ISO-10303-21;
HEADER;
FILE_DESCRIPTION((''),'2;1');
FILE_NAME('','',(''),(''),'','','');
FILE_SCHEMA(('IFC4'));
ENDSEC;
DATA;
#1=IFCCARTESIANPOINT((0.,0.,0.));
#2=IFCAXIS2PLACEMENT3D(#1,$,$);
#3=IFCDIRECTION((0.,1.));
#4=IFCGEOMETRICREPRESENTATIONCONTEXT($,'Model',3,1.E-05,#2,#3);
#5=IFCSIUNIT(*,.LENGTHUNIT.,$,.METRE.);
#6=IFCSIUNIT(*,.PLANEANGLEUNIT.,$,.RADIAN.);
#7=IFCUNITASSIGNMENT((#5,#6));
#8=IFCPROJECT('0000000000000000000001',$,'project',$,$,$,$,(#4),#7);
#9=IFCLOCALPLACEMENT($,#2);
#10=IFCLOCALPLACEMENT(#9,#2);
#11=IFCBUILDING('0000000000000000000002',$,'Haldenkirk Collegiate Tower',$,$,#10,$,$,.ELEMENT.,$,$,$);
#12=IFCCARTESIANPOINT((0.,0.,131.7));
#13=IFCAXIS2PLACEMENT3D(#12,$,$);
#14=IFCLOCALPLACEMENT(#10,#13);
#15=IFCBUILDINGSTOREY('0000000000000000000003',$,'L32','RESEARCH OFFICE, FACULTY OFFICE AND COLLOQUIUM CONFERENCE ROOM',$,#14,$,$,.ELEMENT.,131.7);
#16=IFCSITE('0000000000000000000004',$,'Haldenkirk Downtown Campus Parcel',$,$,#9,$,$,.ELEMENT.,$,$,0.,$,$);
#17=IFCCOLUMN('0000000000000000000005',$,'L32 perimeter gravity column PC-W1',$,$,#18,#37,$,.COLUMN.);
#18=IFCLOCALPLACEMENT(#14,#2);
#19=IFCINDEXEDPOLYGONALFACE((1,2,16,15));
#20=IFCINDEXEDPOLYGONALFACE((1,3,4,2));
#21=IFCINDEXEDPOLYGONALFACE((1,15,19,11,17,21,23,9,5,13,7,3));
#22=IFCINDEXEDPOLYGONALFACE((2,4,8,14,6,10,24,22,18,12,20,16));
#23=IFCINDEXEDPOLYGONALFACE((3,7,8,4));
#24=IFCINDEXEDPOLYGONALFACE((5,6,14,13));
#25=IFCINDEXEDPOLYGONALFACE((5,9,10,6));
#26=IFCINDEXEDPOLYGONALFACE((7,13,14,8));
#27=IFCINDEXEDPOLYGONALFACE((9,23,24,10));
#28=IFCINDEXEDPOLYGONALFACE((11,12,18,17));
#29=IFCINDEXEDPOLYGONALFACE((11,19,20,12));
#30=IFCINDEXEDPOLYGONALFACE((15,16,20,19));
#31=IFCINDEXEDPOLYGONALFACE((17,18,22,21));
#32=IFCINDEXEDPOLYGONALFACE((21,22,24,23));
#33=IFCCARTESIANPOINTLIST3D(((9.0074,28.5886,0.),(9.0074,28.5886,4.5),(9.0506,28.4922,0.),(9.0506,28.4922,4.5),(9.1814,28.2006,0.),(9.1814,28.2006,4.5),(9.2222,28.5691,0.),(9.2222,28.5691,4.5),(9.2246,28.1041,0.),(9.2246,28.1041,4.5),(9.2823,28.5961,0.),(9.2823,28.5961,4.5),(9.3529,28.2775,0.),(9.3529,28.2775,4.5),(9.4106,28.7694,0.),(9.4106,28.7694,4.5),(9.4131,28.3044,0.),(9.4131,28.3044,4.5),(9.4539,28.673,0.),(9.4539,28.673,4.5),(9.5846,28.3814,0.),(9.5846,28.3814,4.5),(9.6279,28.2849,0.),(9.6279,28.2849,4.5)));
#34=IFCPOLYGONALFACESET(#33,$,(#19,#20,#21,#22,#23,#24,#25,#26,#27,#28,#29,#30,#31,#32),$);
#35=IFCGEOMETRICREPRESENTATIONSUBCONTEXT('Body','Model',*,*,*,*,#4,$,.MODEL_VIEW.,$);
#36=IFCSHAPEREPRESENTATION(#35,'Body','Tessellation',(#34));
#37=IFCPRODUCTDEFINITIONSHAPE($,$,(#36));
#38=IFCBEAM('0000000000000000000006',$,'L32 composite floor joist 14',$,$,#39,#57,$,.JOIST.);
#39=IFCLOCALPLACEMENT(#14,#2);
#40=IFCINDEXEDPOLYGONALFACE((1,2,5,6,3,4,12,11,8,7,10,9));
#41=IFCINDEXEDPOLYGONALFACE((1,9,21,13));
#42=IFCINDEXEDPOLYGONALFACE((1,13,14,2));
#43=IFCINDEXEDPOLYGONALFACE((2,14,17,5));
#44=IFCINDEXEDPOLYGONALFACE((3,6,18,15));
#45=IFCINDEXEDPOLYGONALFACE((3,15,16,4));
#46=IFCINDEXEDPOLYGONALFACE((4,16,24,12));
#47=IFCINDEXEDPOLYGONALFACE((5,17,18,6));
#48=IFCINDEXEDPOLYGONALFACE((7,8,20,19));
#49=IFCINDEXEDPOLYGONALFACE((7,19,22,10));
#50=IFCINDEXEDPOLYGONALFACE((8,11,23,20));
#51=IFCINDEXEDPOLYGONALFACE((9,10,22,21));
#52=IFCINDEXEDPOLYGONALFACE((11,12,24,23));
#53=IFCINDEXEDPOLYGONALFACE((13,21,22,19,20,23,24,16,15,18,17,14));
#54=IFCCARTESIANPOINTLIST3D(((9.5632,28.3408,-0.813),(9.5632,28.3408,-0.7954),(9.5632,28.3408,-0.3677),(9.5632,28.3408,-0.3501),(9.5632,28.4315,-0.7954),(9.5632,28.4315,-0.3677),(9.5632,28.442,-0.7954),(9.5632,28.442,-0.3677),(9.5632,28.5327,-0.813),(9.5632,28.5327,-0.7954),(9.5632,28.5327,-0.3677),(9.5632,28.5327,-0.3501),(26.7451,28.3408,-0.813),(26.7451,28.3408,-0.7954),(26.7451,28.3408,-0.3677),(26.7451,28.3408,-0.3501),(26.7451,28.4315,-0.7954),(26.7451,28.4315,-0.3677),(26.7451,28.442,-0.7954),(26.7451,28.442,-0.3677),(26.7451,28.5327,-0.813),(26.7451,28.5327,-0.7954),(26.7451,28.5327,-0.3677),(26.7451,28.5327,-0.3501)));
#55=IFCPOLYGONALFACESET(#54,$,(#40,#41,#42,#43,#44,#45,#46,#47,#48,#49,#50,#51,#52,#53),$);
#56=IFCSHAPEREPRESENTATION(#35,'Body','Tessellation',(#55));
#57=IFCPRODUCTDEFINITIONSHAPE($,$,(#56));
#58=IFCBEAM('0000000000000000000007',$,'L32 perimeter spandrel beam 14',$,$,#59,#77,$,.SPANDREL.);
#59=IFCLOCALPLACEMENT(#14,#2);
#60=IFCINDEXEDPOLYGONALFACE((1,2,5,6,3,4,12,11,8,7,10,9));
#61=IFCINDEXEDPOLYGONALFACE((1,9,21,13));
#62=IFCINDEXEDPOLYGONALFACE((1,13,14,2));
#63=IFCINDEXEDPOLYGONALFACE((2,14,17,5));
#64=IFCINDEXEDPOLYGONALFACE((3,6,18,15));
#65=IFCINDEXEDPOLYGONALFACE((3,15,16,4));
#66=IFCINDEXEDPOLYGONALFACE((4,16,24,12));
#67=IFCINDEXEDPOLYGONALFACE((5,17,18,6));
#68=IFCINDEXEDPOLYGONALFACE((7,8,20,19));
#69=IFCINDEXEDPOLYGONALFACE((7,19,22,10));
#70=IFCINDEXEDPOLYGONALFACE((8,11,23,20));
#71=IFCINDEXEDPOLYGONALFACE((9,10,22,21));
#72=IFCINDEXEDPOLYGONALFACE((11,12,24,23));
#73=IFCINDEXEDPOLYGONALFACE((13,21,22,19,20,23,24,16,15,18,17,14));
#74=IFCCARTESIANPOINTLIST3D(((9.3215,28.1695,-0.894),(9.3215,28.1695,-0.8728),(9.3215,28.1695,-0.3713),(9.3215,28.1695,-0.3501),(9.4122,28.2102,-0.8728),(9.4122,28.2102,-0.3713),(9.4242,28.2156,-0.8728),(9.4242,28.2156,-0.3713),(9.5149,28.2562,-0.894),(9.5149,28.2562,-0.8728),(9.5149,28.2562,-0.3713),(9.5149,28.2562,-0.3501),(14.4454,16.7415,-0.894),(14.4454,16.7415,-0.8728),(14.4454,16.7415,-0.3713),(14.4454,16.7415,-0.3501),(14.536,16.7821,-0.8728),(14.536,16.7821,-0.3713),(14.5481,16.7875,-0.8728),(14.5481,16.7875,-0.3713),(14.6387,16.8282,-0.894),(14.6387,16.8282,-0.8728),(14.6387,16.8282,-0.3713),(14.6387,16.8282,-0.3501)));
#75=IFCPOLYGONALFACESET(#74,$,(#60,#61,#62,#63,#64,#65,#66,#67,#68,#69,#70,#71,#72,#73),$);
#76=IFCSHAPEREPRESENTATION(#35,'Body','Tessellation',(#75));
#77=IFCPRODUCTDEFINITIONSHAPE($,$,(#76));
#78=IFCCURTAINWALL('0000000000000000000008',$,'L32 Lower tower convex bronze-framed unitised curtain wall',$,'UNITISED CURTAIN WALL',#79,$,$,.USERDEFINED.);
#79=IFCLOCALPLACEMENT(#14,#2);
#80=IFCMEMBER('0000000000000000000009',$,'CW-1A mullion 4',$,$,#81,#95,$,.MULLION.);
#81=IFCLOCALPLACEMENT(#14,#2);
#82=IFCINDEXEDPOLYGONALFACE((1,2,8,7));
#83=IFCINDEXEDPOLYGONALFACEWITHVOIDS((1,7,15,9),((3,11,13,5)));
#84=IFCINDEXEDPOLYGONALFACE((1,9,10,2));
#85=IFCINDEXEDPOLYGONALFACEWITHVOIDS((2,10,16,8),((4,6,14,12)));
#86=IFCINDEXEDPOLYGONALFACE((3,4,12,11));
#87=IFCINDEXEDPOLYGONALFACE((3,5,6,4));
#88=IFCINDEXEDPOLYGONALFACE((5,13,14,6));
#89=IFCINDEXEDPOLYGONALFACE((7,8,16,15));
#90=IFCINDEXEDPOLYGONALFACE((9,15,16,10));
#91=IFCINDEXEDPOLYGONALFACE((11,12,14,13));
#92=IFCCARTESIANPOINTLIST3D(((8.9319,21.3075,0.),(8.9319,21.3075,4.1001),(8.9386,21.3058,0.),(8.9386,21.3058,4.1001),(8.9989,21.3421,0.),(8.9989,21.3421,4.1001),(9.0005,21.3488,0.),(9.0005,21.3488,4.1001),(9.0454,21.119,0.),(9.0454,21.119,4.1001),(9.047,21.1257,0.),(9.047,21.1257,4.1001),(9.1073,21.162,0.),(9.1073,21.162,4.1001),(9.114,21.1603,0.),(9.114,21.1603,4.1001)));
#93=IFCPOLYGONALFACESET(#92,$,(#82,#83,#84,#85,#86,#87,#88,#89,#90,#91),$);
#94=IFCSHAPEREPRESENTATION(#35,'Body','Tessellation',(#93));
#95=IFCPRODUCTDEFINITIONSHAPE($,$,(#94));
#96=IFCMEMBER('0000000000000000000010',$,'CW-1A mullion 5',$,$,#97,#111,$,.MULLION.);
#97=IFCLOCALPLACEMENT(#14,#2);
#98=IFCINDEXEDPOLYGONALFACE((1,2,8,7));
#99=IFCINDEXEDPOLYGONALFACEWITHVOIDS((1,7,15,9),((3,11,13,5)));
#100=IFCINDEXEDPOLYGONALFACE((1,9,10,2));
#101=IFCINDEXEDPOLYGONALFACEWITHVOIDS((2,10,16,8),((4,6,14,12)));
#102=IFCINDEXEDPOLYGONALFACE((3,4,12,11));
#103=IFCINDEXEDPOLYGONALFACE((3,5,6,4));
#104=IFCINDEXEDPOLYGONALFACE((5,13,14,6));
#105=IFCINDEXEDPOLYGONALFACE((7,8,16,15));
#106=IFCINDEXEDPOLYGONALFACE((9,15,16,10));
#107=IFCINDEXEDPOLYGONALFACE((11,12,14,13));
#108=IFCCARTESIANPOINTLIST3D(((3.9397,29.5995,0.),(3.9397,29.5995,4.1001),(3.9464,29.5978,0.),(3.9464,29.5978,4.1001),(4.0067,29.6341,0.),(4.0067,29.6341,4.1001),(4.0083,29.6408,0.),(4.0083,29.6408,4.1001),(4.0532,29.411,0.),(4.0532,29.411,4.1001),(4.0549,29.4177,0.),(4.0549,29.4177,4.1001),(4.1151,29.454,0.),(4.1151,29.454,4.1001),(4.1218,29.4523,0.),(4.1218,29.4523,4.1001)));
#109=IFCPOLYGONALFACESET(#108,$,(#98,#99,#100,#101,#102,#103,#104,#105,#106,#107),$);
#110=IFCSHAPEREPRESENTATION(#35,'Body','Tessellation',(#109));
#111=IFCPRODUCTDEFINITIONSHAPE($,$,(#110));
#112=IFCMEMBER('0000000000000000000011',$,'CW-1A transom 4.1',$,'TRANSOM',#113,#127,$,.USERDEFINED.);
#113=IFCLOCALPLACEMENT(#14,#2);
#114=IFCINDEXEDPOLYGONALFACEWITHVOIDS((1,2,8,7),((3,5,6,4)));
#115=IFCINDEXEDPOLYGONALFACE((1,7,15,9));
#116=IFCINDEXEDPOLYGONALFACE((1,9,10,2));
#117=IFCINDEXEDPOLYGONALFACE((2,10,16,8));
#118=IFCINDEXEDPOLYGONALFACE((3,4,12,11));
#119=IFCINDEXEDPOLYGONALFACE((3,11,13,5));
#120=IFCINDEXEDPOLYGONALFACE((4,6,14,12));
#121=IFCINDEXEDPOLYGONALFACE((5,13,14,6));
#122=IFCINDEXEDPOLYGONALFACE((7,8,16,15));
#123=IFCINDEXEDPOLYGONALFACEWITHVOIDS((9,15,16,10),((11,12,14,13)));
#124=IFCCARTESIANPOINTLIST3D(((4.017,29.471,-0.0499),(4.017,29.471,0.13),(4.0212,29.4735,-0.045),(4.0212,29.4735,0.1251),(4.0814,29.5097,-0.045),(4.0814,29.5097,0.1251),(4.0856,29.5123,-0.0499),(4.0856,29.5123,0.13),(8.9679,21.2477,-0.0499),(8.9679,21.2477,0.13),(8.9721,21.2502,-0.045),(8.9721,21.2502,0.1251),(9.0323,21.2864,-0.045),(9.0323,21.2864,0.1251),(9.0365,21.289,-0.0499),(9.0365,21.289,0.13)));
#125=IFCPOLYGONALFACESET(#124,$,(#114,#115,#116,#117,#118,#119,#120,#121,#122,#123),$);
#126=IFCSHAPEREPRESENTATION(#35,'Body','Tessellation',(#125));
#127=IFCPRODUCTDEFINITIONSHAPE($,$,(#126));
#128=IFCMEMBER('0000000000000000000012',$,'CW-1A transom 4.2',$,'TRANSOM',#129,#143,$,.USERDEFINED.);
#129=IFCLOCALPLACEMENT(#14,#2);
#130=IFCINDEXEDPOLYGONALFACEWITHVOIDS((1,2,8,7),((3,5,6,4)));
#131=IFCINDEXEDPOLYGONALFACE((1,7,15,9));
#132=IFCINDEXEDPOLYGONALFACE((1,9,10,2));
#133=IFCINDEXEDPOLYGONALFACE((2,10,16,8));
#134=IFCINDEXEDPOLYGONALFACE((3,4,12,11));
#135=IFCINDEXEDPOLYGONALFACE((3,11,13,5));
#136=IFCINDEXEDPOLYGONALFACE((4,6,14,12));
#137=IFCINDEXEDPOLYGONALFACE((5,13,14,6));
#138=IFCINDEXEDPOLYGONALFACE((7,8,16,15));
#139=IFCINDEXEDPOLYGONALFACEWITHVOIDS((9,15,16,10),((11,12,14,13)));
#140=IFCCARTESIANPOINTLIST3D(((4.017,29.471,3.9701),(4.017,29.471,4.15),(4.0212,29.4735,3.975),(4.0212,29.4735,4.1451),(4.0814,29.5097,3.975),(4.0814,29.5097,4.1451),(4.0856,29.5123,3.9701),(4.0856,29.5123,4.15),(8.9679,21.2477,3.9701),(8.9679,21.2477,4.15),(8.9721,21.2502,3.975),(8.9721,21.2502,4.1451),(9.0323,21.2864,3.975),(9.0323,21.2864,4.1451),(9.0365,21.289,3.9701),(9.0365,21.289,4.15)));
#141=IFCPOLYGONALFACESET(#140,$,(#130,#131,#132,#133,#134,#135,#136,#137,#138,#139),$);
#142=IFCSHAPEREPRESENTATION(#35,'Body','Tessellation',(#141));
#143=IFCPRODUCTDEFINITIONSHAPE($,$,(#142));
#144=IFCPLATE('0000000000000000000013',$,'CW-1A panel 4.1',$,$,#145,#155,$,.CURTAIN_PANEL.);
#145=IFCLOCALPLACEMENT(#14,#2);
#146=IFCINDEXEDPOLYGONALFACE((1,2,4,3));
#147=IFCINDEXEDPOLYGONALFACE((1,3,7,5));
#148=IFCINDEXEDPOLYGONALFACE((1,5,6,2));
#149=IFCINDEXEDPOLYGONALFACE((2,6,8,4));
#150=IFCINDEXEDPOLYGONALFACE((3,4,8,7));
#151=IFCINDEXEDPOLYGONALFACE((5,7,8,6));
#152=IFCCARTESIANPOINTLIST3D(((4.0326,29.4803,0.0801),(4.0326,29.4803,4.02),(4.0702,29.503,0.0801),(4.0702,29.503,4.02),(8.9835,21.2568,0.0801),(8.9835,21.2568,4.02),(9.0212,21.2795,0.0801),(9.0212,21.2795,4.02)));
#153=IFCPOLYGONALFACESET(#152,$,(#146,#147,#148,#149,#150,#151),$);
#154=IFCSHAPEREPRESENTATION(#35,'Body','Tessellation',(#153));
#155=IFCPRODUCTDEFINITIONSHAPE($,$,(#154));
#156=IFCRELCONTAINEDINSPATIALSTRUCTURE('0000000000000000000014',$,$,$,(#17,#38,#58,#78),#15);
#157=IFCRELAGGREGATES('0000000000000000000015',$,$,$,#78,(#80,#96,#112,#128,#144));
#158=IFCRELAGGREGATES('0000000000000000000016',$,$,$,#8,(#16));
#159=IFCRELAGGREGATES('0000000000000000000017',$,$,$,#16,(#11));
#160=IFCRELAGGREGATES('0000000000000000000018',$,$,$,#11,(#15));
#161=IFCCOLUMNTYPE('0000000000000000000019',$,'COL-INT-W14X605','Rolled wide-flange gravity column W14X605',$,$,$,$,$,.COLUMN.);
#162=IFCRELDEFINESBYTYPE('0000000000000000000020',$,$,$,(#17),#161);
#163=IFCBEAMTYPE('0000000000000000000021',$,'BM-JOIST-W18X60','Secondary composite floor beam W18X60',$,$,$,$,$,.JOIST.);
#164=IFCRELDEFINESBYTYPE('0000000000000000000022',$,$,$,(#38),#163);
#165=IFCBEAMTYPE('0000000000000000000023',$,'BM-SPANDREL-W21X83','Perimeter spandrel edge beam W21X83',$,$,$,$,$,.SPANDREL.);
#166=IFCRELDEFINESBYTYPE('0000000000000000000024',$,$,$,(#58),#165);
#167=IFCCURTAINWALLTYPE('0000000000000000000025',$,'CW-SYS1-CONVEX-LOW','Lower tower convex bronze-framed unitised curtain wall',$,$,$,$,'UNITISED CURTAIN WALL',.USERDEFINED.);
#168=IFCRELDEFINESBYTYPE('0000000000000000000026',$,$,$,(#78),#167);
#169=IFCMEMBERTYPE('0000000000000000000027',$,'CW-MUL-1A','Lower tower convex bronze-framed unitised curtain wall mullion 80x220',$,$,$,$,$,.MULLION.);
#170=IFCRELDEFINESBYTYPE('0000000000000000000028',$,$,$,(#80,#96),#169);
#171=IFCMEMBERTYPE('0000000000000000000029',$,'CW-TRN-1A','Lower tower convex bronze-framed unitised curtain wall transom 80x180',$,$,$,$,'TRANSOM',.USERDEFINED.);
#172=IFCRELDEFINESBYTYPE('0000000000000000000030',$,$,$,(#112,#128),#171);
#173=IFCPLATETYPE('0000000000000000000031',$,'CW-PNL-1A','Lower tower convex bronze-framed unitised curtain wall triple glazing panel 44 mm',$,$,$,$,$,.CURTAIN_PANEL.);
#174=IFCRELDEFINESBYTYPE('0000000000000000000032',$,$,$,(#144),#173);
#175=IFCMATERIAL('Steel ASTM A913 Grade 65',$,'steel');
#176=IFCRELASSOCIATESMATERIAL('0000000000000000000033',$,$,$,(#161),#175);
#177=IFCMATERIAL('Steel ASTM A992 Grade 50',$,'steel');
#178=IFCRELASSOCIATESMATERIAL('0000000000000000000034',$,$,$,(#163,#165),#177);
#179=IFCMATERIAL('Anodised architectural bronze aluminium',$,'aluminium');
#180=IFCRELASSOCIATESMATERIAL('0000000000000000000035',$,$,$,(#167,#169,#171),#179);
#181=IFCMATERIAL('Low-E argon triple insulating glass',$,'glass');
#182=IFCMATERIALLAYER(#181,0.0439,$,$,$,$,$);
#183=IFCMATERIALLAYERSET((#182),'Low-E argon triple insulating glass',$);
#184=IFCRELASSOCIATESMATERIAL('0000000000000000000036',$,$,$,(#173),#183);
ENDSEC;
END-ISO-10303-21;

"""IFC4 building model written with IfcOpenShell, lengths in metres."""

from ifc_helpers import new_model, si_unit, direction, frame, origin, origin_2d, place, context, subcontext, project, spatial, rectangle, hollow_rectangle, i_section, extrude, source, transform, mapped, material, layer, layer_set, material_profile, profile_set, type_object, element, aggregate, save


model = new_model("IFC4")

# Units and contexts
model_context = context("Model", 3, precision=1e-05, world=origin(), true_north=direction((0.0, 1.0)))
body_context = subcontext(model_context, "Body", "Model", "MODEL_VIEW")
ifc_project = project(units=[si_unit("LENGTHUNIT", "METRE"), si_unit("PLANEANGLEUNIT", "RADIAN")], contexts=[model_context])

# Site, building, storey
site_placement = place(None, origin())
site = spatial("IfcSite", under=ifc_project, at=site_placement, Name="Haldenkirk Downtown Campus Parcel", CompositionType="ELEMENT", RefElevation=0.0)
building_placement = place(site_placement, origin())
building = spatial("IfcBuilding", under=site, at=building_placement, Name="Haldenkirk Collegiate Tower", CompositionType="ELEMENT")
storey_placement = place(building_placement, frame((0.0, 0.0, 131.7)))
storey = spatial("IfcBuildingStorey", under=building, at=storey_placement, Name="L32", Description="RESEARCH OFFICE, FACULTY OFFICE AND COLLOQUIUM CONFERENCE ROOM", CompositionType="ELEMENT", Elevation=131.7)

# Column
ifc_material_1 = material(Name="Steel ASTM A913 Grade 65", Category="steel")
ifc_material_profile_1 = material_profile(ifc_material_1, i_section(OverallWidth=0.4419, OverallDepth=0.531, WebThickness=0.0659, FlangeThickness=0.1057, at=origin_2d()), Name="W14X605")
ifc_profile_set_1 = profile_set([ifc_material_profile_1], Name="Steel ASTM A913 Grade 65")
column_type = type_object("IfcColumnType", Name="COL-INT-W14X605", Description="Rolled wide-flange gravity column W14X605", PredefinedType="COLUMN", material=ifc_profile_set_1)
column_placement = place(storey_placement, frame((9.3176, 28.4368, 0.0), z_axis=(0.0, 0.0, 1.0), x_axis=(0.912477, 0.409127, 0.0)))
element("IfcColumn", 1, at=column_placement, inside=storey, type_object=column_type, Name="L32 perimeter gravity column PC-W1", PredefinedType="COLUMN", context=body_context, shape_type="SweptSolid", body=[
    extrude(i_section(OverallWidth=0.4419, OverallDepth=0.531, WebThickness=0.0659, FlangeThickness=0.1057, at=origin_2d()), origin(), (0.0, 0.0, 1.0), 4.5),
])

# Beams
ifc_material_2 = material(Name="Steel ASTM A992 Grade 50", Category="steel")
ifc_material_profile_2 = material_profile(ifc_material_2, i_section(OverallWidth=0.1919, OverallDepth=0.4629, WebThickness=0.0105, FlangeThickness=0.0176, at=origin_2d()), Name="W18X60")
ifc_profile_set_2 = profile_set([ifc_material_profile_2], Name="Steel ASTM A992 Grade 50")
beam_type_1 = type_object("IfcBeamType", Name="BM-JOIST-W18X60", Description="Secondary composite floor beam W18X60", PredefinedType="JOIST", material=ifc_profile_set_2)
beam_1_placement = place(storey_placement, frame((9.5632, 28.4368, -0.5815), z_axis=(1.0, 0.0, 0.0), x_axis=(0.0, 1.0, 0.0)))
element("IfcBeam", 2, at=beam_1_placement, inside=storey, type_object=beam_type_1, Name="L32 composite floor joist 14", PredefinedType="JOIST", context=body_context, shape_type="SweptSolid", body=[
    extrude(i_section(OverallWidth=0.1919, OverallDepth=0.4629, WebThickness=0.0105, FlangeThickness=0.0176, at=origin_2d()), origin(), (0.0, 0.0, 1.0), 17.1819),
])
ifc_material_profile_3 = material_profile(ifc_material_2, i_section(OverallWidth=0.2119, OverallDepth=0.5439, WebThickness=0.0132, FlangeThickness=0.0212, at=origin_2d()), Name="W21X83")
ifc_profile_set_3 = profile_set([ifc_material_profile_3], Name="Steel ASTM A992 Grade 50")
beam_type_2 = type_object("IfcBeamType", Name="BM-SPANDREL-W21X83", Description="Perimeter spandrel edge beam W21X83", PredefinedType="SPANDREL", material=ifc_profile_set_3)
beam_2_placement = place(storey_placement, frame((9.4182, 28.2129, -0.6221), z_axis=(0.409115, -0.912483, 0.0), x_axis=(0.912483, 0.409115, 0.0)))
element("IfcBeam", 3, at=beam_2_placement, inside=storey, type_object=beam_type_2, Name="L32 perimeter spandrel beam 14", PredefinedType="SPANDREL", context=body_context, shape_type="SweptSolid", body=[
    extrude(i_section(OverallWidth=0.2119, OverallDepth=0.5439, WebThickness=0.0132, FlangeThickness=0.0212, at=origin_2d()), origin(), (0.0, 0.0, 1.0), 12.5242),
])

# Curtain wall, members, plate
ifc_material_3 = material(Name="Anodised architectural bronze aluminium", Category="aluminium")
curtain_wall_type = type_object("IfcCurtainWallType", Name="CW-SYS1-CONVEX-LOW", Description="Lower tower convex bronze-framed unitised curtain wall", ElementType="UNITISED CURTAIN WALL", PredefinedType="USERDEFINED", material=ifc_material_3)
curtain_wall_placement = place(storey_placement, origin())
curtain_wall = element("IfcCurtainWall", 4, at=curtain_wall_placement, inside=storey, type_object=curtain_wall_type, Name="L32 Lower tower convex bronze-framed unitised curtain wall", ObjectType="UNITISED CURTAIN WALL", PredefinedType="USERDEFINED")
ifc_material_profile_4 = material_profile(ifc_material_3, hollow_rectangle(XDim=0.0801, YDim=0.22, WallThickness=0.0049, at=origin_2d()), Name="CW-MUL-1A")
ifc_profile_set_4 = profile_set([ifc_material_profile_4], Name="Anodised architectural bronze aluminium")
member_type_1 = type_object("IfcMemberType", Name="CW-MUL-1A", Description="Lower tower convex bronze-framed unitised curtain wall mullion 80x220", PredefinedType="MULLION", material=ifc_profile_set_4)
member_1_placement = place(storey_placement, frame((9.0229, 21.2339, 0.0), z_axis=(0.0, 0.0, 1.0), x_axis=(-0.856718, -0.515785, 0.0)))
member_1 = element("IfcMember", 5, at=member_1_placement, type_object=member_type_1, Name="CW-1A mullion 4", PredefinedType="MULLION", context=body_context, shape_type="SweptSolid", body=[
    extrude(hollow_rectangle(XDim=0.0801, YDim=0.22, WallThickness=0.0049, at=origin_2d()), origin(), (0.0, 0.0, 1.0), 4.1001),
])
member_2_placement = place(storey_placement, frame((4.0308, 29.5259, 0.0), z_axis=(0.0, 0.0, 1.0), x_axis=(-0.856718, -0.515785, 0.0)))
member_2 = element("IfcMember", 6, at=member_2_placement, type_object=member_type_1, Name="CW-1A mullion 5", PredefinedType="MULLION", context=body_context, shape_type="SweptSolid", body=[
    extrude(hollow_rectangle(XDim=0.0801, YDim=0.22, WallThickness=0.0049, at=origin_2d()), origin(), (0.0, 0.0, 1.0), 4.1001),
])
ifc_material_profile_5 = material_profile(ifc_material_3, hollow_rectangle(XDim=0.0801, YDim=0.1799, WallThickness=0.0049, at=origin_2d()), Name="CW-TRN-1A")
ifc_profile_set_5 = profile_set([ifc_material_profile_5], Name="Anodised architectural bronze aluminium")
member_type_2 = type_object("IfcMemberType", Name="CW-TRN-1A", Description="Lower tower convex bronze-framed unitised curtain wall transom 80x180", ElementType="TRANSOM", PredefinedType="USERDEFINED", material=ifc_profile_set_5)
member_3_placement = place(storey_placement, frame((9.0022, 21.2683, 0.04), z_axis=(-0.515789, 0.856715, 0.0), x_axis=(-0.856715, -0.515789, 0.0)))
member_3 = element("IfcMember", 7, at=member_3_placement, type_object=member_type_2, Name="CW-1A transom 4.1", ObjectType="TRANSOM", PredefinedType="USERDEFINED", context=body_context, shape_type="SweptSolid", body=[
    extrude(hollow_rectangle(XDim=0.0801, YDim=0.1799, WallThickness=0.0049, at=origin_2d()), origin(), (0.0, 0.0, 1.0), 9.5986),
])
member_4_placement = place(storey_placement, frame((9.0022, 21.2683, 4.0601), z_axis=(-0.515789, 0.856715, 0.0), x_axis=(-0.856715, -0.515789, 0.0)))
member_4 = element("IfcMember", 8, at=member_4_placement, type_object=member_type_2, Name="CW-1A transom 4.2", ObjectType="TRANSOM", PredefinedType="USERDEFINED", context=body_context, shape_type="SweptSolid", body=[
    extrude(hollow_rectangle(XDim=0.0801, YDim=0.1799, WallThickness=0.0049, at=origin_2d()), origin(), (0.0, 0.0, 1.0), 9.5986),
])
ifc_material_4 = material(Name="Low-E argon triple insulating glass", Category="glass")
ifc_layer_1 = layer(ifc_material_4, 0.0439)
ifc_layer_set_1 = layer_set([ifc_layer_1], Name="Low-E argon triple insulating glass")
plate_type = type_object("IfcPlateType", Name="CW-PNL-1A", Description="Lower tower convex bronze-framed unitised curtain wall triple glazing panel 44 mm", PredefinedType="CURTAIN_PANEL", material=ifc_layer_set_1)
shared_shape_1 = source(origin(), body_context, "Body", "SweptSolid", [
    extrude(rectangle(XDim=9.5989, YDim=0.0439, at=origin_2d()), origin(), (0.0, 0.0, 1.0), 3.9399),
])
plate_placement = place(storey_placement, frame((6.5269, 25.3799, 0.0801), z_axis=(0.0, 0.0, 1.0), x_axis=(-0.515785, 0.856718, 0.0)))
plate = element("IfcPlate", 9, at=plate_placement, type_object=plate_type, Name="CW-1A panel 4.1", PredefinedType="CURTAIN_PANEL", context=body_context, shape_type="MappedRepresentation", body=[
    mapped(shared_shape_1, transform((0.0, 0.0, 0.0), x_axis=(1.0, 0.0, 0.0), y_axis=(0.0, 1.0, 0.0), z_axis=(0.0, 0.0, 1.0), scale=1.0)),
])
aggregate(curtain_wall, [member_1, member_2, member_3, member_4, plate])

save(model, "model.ifc")
